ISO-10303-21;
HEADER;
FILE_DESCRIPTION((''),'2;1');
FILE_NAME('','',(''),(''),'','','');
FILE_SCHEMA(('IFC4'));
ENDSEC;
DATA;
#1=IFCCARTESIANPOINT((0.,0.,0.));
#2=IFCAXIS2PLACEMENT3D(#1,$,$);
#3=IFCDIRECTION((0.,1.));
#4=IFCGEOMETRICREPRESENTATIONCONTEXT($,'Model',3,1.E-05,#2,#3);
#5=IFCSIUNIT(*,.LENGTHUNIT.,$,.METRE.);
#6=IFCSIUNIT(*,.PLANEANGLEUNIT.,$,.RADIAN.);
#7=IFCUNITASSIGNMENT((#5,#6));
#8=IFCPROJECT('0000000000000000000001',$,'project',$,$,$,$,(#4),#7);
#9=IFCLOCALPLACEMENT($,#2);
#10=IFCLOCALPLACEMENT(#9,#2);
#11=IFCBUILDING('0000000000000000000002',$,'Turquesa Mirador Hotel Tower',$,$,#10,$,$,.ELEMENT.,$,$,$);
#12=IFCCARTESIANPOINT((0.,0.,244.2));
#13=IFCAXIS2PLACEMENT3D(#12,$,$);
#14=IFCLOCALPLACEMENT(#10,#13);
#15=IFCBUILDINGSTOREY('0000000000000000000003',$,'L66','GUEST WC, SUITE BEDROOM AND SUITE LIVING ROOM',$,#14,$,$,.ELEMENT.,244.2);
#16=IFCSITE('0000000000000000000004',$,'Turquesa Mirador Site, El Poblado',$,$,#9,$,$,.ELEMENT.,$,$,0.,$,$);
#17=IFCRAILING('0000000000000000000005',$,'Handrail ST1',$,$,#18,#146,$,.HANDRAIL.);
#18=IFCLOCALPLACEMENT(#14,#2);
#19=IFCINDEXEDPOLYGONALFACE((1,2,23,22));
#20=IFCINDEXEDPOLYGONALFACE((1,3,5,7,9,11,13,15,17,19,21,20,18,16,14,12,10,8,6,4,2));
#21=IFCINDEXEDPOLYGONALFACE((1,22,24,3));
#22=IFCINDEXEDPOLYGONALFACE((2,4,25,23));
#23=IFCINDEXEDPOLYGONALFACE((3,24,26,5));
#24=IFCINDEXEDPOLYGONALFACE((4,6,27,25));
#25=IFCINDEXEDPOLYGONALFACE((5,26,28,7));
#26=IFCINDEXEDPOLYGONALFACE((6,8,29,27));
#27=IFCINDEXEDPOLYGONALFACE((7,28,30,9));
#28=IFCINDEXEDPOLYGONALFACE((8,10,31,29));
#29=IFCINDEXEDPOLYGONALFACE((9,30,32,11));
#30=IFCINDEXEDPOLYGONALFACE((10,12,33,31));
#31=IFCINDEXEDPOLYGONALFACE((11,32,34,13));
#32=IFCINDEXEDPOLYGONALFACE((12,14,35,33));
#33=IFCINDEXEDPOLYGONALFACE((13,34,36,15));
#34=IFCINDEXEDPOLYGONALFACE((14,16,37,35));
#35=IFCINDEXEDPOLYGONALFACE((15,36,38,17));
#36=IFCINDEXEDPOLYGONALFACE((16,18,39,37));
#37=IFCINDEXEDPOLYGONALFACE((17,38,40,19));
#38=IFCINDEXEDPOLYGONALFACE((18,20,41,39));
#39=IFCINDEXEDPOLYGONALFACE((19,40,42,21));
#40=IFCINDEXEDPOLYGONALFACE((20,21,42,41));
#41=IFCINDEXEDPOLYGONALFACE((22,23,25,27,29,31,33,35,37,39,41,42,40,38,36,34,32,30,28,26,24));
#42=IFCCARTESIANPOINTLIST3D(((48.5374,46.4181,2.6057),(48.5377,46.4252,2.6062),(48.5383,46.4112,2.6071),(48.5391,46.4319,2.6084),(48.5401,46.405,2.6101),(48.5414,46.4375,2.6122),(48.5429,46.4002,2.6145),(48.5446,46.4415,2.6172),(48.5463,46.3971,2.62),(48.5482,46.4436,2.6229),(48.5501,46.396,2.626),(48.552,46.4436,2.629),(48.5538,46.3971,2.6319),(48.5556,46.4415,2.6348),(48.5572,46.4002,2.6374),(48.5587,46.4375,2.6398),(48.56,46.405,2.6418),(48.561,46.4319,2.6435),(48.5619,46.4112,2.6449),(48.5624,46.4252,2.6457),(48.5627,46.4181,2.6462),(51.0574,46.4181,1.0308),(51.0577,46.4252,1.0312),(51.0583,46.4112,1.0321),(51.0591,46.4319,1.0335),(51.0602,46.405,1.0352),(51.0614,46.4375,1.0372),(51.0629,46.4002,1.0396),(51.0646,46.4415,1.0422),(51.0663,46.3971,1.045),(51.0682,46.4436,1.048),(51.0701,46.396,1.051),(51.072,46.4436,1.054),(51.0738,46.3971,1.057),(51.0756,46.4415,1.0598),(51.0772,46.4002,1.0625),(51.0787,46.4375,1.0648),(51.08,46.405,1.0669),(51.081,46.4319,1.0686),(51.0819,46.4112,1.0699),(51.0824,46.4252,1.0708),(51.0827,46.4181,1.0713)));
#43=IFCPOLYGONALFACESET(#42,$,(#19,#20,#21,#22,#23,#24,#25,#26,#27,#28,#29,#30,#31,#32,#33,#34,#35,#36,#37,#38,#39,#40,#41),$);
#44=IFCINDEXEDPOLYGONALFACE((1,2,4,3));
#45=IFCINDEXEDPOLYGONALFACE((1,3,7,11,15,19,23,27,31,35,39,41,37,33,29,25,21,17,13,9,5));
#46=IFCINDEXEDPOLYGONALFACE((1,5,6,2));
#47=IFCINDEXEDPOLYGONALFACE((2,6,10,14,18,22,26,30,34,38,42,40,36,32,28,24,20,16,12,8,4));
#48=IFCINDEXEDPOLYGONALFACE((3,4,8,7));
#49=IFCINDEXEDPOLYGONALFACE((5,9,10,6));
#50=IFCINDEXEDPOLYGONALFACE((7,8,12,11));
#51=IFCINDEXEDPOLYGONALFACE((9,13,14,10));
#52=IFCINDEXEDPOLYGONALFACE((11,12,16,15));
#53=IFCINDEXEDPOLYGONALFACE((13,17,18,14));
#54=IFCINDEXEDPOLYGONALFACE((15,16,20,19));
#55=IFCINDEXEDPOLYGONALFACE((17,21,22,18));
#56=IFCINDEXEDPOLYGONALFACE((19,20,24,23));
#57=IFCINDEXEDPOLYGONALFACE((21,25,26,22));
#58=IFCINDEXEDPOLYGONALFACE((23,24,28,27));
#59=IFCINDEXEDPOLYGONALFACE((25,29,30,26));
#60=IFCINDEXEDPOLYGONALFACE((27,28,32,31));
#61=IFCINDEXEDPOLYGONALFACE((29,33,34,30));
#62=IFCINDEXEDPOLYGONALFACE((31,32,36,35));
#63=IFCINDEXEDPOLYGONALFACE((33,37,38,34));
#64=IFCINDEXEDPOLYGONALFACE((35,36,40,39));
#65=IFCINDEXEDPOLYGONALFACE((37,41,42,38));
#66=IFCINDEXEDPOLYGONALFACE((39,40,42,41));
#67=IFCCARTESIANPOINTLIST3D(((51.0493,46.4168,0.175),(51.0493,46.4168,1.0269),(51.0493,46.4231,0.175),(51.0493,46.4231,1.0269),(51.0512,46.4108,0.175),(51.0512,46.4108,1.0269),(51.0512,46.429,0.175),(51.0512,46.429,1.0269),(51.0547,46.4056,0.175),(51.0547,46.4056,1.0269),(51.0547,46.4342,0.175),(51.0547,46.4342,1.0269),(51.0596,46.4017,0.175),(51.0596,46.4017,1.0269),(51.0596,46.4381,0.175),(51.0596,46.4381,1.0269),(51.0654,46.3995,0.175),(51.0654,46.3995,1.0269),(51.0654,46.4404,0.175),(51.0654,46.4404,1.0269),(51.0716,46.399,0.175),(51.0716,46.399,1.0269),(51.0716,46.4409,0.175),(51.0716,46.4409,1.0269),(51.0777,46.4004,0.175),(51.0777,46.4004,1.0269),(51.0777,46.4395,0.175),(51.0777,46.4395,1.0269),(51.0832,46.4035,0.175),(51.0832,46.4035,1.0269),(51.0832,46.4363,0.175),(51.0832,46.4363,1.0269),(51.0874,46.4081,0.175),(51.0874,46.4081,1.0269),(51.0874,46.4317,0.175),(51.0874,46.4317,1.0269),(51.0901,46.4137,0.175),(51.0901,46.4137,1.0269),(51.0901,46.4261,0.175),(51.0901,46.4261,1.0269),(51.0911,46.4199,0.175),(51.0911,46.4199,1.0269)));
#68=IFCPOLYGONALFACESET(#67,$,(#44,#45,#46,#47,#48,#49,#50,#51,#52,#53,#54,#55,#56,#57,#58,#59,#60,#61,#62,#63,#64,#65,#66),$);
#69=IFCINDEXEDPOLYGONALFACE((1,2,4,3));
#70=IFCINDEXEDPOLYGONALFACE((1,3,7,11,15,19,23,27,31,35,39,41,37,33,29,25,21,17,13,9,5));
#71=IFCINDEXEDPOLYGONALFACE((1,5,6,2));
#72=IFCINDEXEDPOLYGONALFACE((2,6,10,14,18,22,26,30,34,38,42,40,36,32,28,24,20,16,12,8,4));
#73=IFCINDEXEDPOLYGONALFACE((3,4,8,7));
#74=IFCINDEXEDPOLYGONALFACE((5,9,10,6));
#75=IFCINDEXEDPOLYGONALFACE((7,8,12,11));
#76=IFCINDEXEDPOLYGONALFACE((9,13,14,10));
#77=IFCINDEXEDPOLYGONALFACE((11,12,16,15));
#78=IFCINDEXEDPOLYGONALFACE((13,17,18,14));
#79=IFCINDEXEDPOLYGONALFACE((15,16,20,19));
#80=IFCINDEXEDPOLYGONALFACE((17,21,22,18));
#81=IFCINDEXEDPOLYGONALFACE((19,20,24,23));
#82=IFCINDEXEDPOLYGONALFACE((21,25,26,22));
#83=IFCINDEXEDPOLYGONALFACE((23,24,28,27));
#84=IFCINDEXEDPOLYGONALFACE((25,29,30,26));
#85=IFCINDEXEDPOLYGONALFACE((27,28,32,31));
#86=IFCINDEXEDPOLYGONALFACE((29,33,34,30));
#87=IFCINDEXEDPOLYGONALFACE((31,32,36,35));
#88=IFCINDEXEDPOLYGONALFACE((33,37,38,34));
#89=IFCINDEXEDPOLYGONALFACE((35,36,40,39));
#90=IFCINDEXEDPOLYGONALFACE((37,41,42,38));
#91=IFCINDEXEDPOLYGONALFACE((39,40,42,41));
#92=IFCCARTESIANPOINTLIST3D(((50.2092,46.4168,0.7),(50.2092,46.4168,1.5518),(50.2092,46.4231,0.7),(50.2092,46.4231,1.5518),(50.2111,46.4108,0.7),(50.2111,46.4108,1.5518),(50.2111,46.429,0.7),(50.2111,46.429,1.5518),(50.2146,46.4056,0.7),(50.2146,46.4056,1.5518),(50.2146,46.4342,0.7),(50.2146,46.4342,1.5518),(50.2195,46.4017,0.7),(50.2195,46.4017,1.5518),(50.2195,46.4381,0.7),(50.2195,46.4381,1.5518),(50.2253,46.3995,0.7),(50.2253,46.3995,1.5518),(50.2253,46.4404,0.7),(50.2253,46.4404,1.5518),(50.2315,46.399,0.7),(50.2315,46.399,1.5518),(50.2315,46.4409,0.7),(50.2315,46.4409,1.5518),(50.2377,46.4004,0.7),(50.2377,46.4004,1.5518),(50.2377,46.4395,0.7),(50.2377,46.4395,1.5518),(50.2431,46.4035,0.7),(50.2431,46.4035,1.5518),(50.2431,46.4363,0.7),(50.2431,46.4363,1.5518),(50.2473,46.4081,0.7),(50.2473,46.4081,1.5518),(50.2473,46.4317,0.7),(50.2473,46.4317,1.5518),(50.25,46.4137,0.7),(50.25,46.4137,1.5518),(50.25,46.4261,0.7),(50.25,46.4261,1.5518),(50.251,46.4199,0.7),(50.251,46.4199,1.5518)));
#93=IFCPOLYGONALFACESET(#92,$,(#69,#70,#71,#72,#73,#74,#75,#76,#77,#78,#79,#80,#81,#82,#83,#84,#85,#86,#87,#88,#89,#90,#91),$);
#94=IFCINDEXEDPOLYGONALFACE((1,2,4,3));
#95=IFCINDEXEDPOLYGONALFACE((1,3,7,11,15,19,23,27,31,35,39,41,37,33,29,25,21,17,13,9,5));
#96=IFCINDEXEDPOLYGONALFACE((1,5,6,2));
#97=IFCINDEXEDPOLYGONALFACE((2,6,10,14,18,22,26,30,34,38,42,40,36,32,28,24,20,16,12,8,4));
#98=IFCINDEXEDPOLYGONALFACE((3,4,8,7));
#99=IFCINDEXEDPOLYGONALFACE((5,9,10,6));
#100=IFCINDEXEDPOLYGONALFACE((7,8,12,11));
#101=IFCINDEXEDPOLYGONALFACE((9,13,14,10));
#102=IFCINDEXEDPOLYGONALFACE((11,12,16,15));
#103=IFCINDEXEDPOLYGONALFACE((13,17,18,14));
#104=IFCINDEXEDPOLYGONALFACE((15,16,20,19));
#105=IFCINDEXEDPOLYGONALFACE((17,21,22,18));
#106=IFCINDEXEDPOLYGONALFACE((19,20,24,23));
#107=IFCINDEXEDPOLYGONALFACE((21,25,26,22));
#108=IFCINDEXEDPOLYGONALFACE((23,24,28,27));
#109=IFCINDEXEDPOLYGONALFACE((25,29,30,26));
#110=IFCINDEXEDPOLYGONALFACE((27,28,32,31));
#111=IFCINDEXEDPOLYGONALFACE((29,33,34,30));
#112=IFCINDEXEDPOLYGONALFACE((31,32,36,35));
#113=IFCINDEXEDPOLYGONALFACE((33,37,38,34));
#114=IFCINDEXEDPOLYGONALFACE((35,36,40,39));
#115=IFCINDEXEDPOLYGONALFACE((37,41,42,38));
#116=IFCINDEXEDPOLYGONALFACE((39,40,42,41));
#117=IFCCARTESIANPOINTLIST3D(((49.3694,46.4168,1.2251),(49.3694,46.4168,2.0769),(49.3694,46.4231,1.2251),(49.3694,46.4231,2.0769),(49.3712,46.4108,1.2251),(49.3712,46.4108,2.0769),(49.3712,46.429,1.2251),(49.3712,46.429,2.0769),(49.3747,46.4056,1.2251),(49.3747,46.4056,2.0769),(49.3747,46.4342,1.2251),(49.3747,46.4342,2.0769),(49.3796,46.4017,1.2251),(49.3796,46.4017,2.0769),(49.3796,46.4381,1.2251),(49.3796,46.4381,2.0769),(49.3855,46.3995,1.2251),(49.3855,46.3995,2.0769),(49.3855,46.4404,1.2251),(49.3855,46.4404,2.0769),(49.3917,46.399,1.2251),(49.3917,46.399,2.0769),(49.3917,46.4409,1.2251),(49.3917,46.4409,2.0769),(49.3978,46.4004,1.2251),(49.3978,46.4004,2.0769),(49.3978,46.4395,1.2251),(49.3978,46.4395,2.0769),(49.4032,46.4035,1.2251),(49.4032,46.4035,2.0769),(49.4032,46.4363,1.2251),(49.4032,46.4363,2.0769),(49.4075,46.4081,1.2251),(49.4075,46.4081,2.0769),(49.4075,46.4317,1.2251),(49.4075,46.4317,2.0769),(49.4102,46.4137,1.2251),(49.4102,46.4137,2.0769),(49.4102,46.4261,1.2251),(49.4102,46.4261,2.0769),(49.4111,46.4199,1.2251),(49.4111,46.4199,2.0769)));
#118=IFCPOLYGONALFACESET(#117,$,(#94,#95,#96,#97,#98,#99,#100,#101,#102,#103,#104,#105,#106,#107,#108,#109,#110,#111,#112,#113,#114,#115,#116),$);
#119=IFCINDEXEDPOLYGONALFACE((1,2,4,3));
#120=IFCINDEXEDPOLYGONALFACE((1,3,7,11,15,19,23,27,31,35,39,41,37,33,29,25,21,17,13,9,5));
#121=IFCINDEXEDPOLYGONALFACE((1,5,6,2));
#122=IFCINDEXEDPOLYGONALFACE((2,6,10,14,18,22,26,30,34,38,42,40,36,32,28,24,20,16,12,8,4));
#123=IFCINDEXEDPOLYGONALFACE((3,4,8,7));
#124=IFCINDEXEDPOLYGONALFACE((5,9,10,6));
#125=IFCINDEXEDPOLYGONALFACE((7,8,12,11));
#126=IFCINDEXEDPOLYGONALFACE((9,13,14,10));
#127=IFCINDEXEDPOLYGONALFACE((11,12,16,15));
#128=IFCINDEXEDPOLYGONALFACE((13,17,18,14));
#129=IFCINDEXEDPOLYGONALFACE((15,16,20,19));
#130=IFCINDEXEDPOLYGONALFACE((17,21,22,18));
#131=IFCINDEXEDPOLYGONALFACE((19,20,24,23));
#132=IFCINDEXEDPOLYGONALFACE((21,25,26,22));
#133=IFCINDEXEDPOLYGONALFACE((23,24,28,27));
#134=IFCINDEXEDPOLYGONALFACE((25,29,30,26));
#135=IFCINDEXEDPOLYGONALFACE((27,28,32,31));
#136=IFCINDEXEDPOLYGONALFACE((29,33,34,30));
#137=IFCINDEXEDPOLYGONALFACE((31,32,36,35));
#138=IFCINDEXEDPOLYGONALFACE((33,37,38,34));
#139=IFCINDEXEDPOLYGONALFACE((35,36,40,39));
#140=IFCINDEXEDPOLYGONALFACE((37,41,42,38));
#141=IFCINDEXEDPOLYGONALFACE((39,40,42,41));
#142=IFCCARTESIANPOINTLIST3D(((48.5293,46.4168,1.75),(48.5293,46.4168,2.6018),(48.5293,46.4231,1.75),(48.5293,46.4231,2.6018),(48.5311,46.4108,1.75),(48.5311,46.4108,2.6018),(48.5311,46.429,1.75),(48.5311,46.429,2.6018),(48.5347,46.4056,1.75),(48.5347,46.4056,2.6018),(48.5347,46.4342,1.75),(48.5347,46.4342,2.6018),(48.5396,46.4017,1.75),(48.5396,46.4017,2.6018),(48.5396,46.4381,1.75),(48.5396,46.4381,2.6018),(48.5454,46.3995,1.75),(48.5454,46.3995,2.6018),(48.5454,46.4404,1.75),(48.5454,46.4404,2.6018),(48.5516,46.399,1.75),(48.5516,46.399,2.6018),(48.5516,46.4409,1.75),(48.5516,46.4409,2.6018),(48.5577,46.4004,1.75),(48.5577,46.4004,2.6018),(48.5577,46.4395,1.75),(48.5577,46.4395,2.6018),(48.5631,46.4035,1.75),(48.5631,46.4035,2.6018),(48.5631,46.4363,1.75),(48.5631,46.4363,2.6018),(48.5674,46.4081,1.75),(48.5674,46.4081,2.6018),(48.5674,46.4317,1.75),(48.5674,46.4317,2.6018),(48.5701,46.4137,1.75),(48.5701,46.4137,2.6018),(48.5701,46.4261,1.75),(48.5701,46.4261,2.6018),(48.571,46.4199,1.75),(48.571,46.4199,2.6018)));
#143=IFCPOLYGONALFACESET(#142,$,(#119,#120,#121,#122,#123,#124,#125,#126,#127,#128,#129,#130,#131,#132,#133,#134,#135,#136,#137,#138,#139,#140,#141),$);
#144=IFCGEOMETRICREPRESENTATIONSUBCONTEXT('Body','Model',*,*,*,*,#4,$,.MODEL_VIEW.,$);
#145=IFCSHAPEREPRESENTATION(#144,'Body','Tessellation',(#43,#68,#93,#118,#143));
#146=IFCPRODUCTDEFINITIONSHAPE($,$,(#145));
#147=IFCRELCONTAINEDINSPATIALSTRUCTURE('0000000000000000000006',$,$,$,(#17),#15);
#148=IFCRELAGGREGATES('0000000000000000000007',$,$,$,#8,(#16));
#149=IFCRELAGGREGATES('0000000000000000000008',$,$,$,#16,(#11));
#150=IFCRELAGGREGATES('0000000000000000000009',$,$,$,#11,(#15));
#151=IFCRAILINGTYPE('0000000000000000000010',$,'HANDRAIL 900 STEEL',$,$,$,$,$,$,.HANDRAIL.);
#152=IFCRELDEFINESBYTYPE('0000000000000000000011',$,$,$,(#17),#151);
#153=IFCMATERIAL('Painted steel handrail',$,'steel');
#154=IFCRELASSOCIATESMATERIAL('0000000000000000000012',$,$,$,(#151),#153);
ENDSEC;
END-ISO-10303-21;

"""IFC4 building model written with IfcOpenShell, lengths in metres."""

from ifc_helpers import new_model, si_unit, direction, frame, origin, origin_2d, place, context, subcontext, project, spatial, circle, extrude, material, type_object, element, save


model = new_model("IFC4")

# Units and contexts
model_context = context("Model", 3, precision=1e-05, world=origin(), true_north=direction((0.0, 1.0)))
body_context = subcontext(model_context, "Body", "Model", "MODEL_VIEW")
ifc_project = project(units=[si_unit("LENGTHUNIT", "METRE"), si_unit("PLANEANGLEUNIT", "RADIAN")], contexts=[model_context])

# Site, building, storey
site_placement = place(None, origin())
site = spatial("IfcSite", under=ifc_project, at=site_placement, Name="Turquesa Mirador Site, El Poblado", CompositionType="ELEMENT", RefElevation=0.0)
building_placement = place(site_placement, origin())
building = spatial("IfcBuilding", under=site, at=building_placement, Name="Turquesa Mirador Hotel Tower", CompositionType="ELEMENT")
storey_placement = place(building_placement, frame((0.0, 0.0, 244.2)))
storey = spatial("IfcBuildingStorey", under=building, at=storey_placement, Name="L66", Description="GUEST WC, SUITE BEDROOM AND SUITE LIVING ROOM", CompositionType="ELEMENT", Elevation=244.2)

# Railing
ifc_material_1 = material(Name="Painted steel handrail", Category="steel")
railing_type = type_object("IfcRailingType", Name="HANDRAIL 900 STEEL", PredefinedType="HANDRAIL", material=ifc_material_1)
railing_1_placement = place(storey_placement, frame((51.0701, 46.4199, 0.175)))
element("IfcRailing", 1, at=railing_1_placement, inside=storey, type_object=railing_type, Name="Handrail ST1", PredefinedType="HANDRAIL", context=body_context, shape_type="SweptSolid", body=[
    extrude(circle(Radius=0.0239, at=origin_2d()), frame((0.0, 0.0, 0.876), z_axis=(-0.848008, 0.0, 0.529984), x_axis=(0.0, -1.0, 0.0)), (0.0, 0.0, 1.0), 2.9717),
    extrude(circle(Radius=0.021, at=origin_2d()), origin(), (0.0, 0.0, 1.0), 0.8518),
    extrude(circle(Radius=0.021, at=origin_2d()), frame((-0.8401, 0.0, 0.5249)), (0.0, 0.0, 1.0), 0.8518),
    extrude(circle(Radius=0.021, at=origin_2d()), frame((-1.6799, 0.0, 1.05)), (0.0, 0.0, 1.0), 0.8518),
    extrude(circle(Radius=0.021, at=origin_2d()), frame((-2.52, 0.0, 1.575)), (0.0, 0.0, 1.0), 0.8518),
])

save(model, "model.ifc")
